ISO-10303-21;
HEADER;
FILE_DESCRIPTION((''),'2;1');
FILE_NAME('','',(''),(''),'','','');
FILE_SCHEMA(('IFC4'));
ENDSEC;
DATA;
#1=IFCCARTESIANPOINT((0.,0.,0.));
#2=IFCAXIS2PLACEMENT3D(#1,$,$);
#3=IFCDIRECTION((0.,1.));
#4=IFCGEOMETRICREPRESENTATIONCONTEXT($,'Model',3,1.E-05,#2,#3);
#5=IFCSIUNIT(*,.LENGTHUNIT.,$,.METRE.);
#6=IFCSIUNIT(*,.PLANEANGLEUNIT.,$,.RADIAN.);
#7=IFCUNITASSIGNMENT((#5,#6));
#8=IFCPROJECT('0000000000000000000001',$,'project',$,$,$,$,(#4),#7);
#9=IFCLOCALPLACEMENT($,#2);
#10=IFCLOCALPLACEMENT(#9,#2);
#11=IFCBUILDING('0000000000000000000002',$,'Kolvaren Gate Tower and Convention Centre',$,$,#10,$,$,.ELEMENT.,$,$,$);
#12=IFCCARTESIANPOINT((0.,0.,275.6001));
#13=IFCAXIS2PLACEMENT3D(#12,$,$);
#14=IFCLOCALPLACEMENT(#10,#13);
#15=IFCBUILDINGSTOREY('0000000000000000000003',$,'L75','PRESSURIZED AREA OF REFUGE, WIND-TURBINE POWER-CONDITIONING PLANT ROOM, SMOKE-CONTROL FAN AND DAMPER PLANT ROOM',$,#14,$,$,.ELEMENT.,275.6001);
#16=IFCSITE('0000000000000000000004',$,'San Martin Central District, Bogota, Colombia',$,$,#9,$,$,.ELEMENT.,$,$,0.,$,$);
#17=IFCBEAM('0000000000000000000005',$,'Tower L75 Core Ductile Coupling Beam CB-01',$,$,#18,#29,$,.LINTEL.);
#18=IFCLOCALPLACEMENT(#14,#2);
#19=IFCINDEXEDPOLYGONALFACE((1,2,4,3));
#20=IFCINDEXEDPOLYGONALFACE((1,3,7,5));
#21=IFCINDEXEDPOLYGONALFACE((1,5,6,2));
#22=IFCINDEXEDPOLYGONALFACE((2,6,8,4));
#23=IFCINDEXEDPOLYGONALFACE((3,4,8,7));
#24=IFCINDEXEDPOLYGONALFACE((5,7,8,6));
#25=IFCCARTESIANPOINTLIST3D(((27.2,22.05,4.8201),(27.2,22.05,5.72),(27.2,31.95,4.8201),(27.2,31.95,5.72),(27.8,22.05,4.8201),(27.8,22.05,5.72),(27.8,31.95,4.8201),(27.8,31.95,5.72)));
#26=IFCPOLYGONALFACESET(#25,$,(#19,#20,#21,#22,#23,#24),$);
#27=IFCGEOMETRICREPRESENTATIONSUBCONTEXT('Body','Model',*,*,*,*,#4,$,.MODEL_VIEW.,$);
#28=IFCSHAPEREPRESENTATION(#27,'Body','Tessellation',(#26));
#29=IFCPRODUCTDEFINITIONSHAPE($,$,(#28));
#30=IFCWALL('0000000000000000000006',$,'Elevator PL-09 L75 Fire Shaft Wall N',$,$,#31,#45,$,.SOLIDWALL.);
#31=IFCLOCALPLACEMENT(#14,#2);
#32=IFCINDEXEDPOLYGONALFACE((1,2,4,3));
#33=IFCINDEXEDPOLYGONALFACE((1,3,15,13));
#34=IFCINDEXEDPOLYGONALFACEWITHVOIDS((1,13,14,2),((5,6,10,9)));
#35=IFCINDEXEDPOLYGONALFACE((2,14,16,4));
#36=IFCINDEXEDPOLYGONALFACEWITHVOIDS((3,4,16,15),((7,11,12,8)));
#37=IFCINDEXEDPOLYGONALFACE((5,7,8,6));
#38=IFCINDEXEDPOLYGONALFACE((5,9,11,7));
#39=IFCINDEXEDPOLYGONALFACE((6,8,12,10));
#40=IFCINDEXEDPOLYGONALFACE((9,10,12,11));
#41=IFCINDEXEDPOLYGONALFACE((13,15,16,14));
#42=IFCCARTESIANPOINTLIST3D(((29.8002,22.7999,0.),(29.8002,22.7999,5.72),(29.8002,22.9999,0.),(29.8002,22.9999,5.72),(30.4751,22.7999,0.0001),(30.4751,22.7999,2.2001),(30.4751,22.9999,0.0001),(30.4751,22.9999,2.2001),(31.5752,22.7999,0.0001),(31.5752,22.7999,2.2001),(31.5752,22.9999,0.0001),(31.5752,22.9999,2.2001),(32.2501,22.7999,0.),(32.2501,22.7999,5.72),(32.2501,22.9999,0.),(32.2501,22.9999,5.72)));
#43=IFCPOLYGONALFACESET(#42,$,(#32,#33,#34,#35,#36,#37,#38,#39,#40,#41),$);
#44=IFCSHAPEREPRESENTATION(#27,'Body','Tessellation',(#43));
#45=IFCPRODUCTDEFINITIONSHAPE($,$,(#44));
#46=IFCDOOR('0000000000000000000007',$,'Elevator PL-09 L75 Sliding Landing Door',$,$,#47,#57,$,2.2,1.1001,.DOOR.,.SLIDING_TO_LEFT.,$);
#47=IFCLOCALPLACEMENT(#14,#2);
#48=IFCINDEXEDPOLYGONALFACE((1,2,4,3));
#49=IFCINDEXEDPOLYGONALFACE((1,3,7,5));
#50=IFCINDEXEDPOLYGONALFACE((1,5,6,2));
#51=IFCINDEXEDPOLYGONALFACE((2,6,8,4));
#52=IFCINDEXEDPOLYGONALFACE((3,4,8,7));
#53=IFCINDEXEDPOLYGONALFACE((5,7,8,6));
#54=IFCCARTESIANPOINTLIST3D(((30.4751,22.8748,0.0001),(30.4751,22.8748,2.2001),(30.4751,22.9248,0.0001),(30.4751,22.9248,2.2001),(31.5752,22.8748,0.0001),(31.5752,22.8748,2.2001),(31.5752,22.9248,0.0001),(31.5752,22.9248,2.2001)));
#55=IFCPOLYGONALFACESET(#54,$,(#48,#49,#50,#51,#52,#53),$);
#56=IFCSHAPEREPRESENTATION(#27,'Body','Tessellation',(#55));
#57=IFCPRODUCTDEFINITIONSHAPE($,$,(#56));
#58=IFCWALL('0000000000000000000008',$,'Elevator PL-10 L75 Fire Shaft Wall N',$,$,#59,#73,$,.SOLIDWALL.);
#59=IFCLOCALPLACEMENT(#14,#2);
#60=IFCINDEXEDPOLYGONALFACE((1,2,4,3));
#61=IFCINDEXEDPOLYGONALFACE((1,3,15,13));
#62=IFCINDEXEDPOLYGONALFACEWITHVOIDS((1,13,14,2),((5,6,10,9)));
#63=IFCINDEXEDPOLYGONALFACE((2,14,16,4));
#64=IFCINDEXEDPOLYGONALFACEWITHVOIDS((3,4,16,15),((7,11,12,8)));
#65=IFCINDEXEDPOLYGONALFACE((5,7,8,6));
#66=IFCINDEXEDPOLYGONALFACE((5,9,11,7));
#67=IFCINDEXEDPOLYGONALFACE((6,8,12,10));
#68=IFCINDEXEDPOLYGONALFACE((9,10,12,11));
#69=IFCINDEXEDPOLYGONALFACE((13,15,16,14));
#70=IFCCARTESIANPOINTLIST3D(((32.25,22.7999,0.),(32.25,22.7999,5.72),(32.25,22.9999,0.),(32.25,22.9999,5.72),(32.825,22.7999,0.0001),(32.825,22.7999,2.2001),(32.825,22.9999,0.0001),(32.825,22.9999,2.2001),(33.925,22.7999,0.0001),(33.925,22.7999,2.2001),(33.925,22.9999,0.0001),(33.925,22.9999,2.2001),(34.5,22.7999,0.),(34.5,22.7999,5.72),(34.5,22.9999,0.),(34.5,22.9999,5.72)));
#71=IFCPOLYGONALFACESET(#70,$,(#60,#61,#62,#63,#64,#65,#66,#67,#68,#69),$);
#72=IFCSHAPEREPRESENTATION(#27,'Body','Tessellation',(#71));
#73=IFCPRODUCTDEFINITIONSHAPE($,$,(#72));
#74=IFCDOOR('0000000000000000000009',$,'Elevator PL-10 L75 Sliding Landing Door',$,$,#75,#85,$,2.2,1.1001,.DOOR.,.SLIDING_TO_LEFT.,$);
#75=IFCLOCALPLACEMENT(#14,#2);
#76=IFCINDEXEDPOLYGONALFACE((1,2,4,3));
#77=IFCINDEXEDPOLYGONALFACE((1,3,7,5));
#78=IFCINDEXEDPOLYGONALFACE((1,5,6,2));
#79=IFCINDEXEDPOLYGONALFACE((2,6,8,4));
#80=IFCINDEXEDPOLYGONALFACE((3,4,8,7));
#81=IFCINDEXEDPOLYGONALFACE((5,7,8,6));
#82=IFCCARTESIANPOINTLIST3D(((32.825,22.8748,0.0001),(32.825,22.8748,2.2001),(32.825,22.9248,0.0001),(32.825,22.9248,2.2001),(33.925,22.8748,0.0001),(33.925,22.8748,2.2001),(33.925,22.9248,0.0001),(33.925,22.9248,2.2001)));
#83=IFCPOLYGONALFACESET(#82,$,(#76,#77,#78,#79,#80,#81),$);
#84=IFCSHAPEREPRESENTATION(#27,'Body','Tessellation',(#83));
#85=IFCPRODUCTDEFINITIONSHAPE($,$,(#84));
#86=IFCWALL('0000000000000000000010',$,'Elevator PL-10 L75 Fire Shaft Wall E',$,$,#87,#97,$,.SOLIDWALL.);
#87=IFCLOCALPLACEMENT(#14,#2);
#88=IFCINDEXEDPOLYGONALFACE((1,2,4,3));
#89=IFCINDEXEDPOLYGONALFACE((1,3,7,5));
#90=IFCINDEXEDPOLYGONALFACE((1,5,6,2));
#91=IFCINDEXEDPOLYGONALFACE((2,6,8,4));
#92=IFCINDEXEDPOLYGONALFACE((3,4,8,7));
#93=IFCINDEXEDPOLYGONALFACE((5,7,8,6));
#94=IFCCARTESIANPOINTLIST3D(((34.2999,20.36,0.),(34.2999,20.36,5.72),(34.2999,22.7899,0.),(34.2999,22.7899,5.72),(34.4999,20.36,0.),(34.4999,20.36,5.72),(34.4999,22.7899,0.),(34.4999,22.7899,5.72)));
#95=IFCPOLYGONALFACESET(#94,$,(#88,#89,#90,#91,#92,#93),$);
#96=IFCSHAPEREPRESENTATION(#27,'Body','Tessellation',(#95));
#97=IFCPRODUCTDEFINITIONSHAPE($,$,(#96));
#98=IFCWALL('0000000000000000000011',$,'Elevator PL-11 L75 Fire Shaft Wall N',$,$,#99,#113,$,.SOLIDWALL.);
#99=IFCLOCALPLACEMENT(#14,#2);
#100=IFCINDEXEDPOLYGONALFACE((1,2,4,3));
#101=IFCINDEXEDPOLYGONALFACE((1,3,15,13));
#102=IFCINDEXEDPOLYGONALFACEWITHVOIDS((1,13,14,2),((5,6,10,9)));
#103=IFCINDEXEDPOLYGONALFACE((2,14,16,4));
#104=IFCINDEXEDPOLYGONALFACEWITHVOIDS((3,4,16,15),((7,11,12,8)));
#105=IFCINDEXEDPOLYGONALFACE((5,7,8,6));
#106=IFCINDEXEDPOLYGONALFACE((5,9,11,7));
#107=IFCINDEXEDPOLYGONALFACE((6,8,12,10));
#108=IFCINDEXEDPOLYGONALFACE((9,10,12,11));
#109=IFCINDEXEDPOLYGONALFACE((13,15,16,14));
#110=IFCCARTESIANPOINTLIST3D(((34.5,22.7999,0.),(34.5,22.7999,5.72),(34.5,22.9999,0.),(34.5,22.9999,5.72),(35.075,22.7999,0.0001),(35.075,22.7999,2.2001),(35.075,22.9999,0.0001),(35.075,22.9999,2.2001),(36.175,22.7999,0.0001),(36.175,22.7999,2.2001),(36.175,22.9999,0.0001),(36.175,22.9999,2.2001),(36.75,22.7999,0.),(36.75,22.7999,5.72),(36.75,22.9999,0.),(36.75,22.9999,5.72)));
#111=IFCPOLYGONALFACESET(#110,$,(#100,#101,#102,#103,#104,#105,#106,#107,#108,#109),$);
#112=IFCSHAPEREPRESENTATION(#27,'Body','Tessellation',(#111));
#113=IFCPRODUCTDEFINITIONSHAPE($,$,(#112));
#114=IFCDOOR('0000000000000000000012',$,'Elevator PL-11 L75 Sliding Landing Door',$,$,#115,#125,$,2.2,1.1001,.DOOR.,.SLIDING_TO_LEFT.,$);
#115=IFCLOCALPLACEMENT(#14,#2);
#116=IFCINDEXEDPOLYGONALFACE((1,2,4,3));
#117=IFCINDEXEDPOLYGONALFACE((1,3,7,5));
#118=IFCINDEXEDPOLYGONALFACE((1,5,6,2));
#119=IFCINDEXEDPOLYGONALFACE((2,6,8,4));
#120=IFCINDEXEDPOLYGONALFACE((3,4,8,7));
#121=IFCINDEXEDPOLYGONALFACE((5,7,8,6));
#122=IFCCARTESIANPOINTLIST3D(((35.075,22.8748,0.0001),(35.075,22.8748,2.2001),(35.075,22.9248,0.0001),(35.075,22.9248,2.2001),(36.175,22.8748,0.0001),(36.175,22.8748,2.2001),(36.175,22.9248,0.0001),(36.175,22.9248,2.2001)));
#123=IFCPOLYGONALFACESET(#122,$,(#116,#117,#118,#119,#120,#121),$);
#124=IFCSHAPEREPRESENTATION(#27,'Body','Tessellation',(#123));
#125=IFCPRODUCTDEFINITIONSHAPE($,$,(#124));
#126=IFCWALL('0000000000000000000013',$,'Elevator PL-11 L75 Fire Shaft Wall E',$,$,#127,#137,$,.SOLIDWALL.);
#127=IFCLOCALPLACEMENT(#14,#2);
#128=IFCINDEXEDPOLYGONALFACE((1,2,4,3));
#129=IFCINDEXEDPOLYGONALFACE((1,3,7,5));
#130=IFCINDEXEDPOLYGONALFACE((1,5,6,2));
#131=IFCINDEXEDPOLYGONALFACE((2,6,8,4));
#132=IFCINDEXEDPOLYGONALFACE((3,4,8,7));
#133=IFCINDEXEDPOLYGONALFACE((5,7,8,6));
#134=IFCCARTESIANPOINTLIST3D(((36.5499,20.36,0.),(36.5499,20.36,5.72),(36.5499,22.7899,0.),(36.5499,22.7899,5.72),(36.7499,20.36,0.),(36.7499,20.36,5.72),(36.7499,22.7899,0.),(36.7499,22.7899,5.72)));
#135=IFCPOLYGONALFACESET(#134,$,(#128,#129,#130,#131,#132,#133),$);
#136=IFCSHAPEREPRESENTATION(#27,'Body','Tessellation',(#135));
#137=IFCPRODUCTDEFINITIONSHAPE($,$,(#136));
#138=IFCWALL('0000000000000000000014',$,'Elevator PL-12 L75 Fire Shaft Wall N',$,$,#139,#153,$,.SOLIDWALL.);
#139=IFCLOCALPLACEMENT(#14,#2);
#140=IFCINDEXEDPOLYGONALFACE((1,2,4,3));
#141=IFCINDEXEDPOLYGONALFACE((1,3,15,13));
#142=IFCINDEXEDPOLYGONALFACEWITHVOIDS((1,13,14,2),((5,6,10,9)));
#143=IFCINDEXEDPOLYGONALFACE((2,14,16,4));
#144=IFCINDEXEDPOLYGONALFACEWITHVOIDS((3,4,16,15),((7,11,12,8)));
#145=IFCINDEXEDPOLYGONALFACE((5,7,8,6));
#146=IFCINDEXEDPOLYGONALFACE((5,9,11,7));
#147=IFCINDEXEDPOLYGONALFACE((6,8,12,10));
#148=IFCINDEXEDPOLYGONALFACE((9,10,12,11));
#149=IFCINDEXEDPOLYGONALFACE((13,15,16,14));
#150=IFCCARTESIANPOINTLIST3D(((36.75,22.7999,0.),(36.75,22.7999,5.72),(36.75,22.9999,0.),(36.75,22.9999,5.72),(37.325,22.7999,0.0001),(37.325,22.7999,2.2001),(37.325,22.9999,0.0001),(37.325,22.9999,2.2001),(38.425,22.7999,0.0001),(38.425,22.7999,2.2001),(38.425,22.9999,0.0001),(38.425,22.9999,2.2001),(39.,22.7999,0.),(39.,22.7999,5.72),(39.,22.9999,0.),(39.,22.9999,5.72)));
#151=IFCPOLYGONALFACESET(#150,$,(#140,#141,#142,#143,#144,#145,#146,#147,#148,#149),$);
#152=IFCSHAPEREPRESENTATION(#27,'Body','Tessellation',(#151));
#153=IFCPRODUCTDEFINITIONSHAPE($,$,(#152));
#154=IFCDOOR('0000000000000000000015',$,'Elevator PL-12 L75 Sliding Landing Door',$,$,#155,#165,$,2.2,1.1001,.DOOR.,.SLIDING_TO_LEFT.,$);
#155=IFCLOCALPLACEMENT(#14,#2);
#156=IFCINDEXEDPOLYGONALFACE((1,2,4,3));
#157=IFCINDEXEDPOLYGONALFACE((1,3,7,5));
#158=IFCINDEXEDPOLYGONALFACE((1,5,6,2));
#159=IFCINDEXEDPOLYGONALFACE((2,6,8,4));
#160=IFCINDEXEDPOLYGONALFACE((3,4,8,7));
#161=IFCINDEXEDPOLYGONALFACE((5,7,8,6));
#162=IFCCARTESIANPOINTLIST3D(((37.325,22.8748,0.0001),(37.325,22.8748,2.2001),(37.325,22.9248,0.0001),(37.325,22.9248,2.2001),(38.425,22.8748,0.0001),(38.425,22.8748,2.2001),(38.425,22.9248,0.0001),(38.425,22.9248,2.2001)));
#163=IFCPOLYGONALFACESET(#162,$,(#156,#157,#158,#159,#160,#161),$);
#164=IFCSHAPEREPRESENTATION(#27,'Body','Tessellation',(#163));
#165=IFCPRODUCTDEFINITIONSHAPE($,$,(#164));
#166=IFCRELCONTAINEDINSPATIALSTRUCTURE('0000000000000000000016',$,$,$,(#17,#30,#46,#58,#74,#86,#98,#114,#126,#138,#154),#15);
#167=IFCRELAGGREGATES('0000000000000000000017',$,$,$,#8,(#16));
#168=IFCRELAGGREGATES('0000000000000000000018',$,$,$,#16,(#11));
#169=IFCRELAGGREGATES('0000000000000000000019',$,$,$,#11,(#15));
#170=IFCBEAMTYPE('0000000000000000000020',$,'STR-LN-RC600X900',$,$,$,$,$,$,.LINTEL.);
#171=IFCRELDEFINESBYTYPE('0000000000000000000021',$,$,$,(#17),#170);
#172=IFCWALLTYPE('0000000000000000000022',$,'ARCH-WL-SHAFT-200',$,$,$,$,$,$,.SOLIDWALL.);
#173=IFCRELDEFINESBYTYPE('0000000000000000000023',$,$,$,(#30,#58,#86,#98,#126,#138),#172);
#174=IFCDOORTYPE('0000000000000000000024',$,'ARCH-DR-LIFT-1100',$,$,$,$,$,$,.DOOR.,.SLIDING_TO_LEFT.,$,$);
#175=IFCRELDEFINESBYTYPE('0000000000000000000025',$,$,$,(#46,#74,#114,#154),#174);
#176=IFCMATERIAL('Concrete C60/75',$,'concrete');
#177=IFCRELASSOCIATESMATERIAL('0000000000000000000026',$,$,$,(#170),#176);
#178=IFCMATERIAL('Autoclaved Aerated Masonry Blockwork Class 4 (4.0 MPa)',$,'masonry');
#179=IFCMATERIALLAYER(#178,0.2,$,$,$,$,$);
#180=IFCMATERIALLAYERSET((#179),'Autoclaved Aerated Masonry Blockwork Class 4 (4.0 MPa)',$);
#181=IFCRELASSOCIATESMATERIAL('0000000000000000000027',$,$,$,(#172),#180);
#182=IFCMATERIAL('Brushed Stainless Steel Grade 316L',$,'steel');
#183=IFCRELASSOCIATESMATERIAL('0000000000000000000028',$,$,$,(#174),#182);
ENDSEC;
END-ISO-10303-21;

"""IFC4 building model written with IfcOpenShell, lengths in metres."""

from ifc_helpers import new_model, si_unit, direction, frame, frame_2d, origin, origin_2d, place, context, subcontext, project, spatial, rectangle, extrude, material, layer, layer_set, material_profile, profile_set, type_object, element, fill, save


model = new_model("IFC4")

# Units and contexts
model_context = context("Model", 3, precision=1e-05, world=origin(), true_north=direction((0.0, 1.0)))
body_context = subcontext(model_context, "Body", "Model", "MODEL_VIEW")
ifc_project = project(units=[si_unit("LENGTHUNIT", "METRE"), si_unit("PLANEANGLEUNIT", "RADIAN")], contexts=[model_context])

# Site, building, storey
site_placement = place(None, origin())
site = spatial("IfcSite", under=ifc_project, at=site_placement, Name="San Martin Central District, Bogota, Colombia", CompositionType="ELEMENT", RefElevation=0.0)
building_placement = place(site_placement, origin())
building = spatial("IfcBuilding", under=site, at=building_placement, Name="Kolvaren Gate Tower and Convention Centre", CompositionType="ELEMENT")
storey_placement = place(building_placement, frame((0.0, 0.0, 275.6001)))
storey = spatial("IfcBuildingStorey", under=building, at=storey_placement, Name="L75", Description="PRESSURIZED AREA OF REFUGE, WIND-TURBINE POWER-CONDITIONING PLANT ROOM, SMOKE-CONTROL FAN AND DAMPER PLANT ROOM", CompositionType="ELEMENT", Elevation=275.6001)

# Beam
ifc_material_1 = material(Name="Concrete C60/75", Category="concrete")
ifc_material_profile = material_profile(ifc_material_1, rectangle(XDim=0.6001, YDim=0.8999, at=origin_2d()), Name="RC-BM-600X900")
ifc_profile_set = profile_set([ifc_material_profile], Name="Concrete C60/75")
beam_type = type_object("IfcBeamType", Name="STR-LN-RC600X900", PredefinedType="LINTEL", material=ifc_profile_set)
beam_placement = place(storey_placement, frame((27.5, 22.05, 5.27), z_axis=(0.0, 1.0, 0.0), x_axis=(-1.0, 0.0, 0.0)))
element("IfcBeam", 1, at=beam_placement, inside=storey, type_object=beam_type, Name="Tower L75 Core Ductile Coupling Beam CB-01", PredefinedType="LINTEL", context=body_context, shape_type="SweptSolid", body=[
    extrude(rectangle(XDim=0.6001, YDim=0.8999, at=origin_2d()), origin(), (0.0, 0.0, 1.0), 9.8999),
])

# Walls, openings, doors
ifc_material_2 = material(Name="Autoclaved Aerated Masonry Blockwork Class 4 (4.0 MPa)", Category="masonry")
ifc_layer_1 = layer(ifc_material_2, 0.2)
ifc_layer_set_1 = layer_set([ifc_layer_1], Name="Autoclaved Aerated Masonry Blockwork Class 4 (4.0 MPa)")
wall_type_1 = type_object("IfcWallType", Name="ARCH-WL-SHAFT-200", PredefinedType="SOLIDWALL", material=ifc_layer_set_1)
wall_1_placement = place(storey_placement, frame((29.8, 22.8999, 0.0), z_axis=(0.0, 0.0, 1.0), x_axis=(1.0, 0.0, 0.0)))
wall_1 = element("IfcWall", 2, at=wall_1_placement, inside=storey, type_object=wall_type_1, Name="Elevator PL-09 L75 Fire Shaft Wall N", PredefinedType="SOLIDWALL", context=body_context, shape_type="SweptSolid", body=[
    extrude(rectangle(XDim=2.45, YDim=0.2, at=frame_2d((1.2251, 0.0))), origin(), (0.0, 0.0, 1.0), 5.72),
])
opening_1_placement = place(wall_1_placement, frame((0.675, 0.0, 0.0)))
opening_1 = element("IfcOpeningElement", 3, at=opening_1_placement, cuts=wall_1, PredefinedType="OPENING", context=body_context, shape_type="SweptSolid", body=[
    extrude(rectangle(XDim=1.1001, YDim=2.2, at=frame_2d((0.55, 1.1001))), frame((0.0, 0.1099, 0.0), z_axis=(0.0, -1.0, 0.0), x_axis=(1.0, 0.0, 0.0)), (0.0, 0.0, 1.0), 0.22),
])
ifc_material_3 = material(Name="Brushed Stainless Steel Grade 316L", Category="steel")
door_type_1 = type_object("IfcDoorType", Name="ARCH-DR-LIFT-1100", OperationType="SLIDING_TO_LEFT", PredefinedType="DOOR", material=ifc_material_3)
door_1_placement = place(opening_1_placement, origin())
door_1 = element("IfcDoor", 4, at=door_1_placement, inside=storey, type_object=door_type_1, Name="Elevator PL-09 L75 Sliding Landing Door", OperationType="SLIDING_TO_LEFT", OverallHeight=2.2, OverallWidth=1.1001, PredefinedType="DOOR", context=body_context, shape_type="SweptSolid", body=[
    extrude(rectangle(XDim=1.1001, YDim=2.2, at=frame_2d((0.55, 1.1001))), frame((0.0, 0.0249, 0.0), z_axis=(0.0, -1.0, 0.0), x_axis=(1.0, 0.0, 0.0)), (0.0, 0.0, 1.0), 0.05),
])
fill(opening_1, door_1)
wall_2_placement = place(storey_placement, frame((32.25, 22.8999, 0.0), z_axis=(0.0, 0.0, 1.0), x_axis=(1.0, 0.0, 0.0)))
wall_2 = element("IfcWall", 5, at=wall_2_placement, inside=storey, type_object=wall_type_1, Name="Elevator PL-10 L75 Fire Shaft Wall N", PredefinedType="SOLIDWALL", context=body_context, shape_type="SweptSolid", body=[
    extrude(rectangle(XDim=2.25, YDim=0.2, at=frame_2d((1.125, 0.0))), origin(), (0.0, 0.0, 1.0), 5.72),
])
opening_2_placement = place(wall_2_placement, frame((0.575, 0.0, 0.0)))
opening_2 = element("IfcOpeningElement", 6, at=opening_2_placement, cuts=wall_2, PredefinedType="OPENING", context=body_context, shape_type="SweptSolid", body=[
    extrude(rectangle(XDim=1.1001, YDim=2.2, at=frame_2d((0.55, 1.1001))), frame((0.0, 0.1099, 0.0), z_axis=(0.0, -1.0, 0.0), x_axis=(1.0, 0.0, 0.0)), (0.0, 0.0, 1.0), 0.22),
])
door_2_placement = place(opening_2_placement, origin())
door_2 = element("IfcDoor", 7, at=door_2_placement, inside=storey, type_object=door_type_1, Name="Elevator PL-10 L75 Sliding Landing Door", OperationType="SLIDING_TO_LEFT", OverallHeight=2.2, OverallWidth=1.1001, PredefinedType="DOOR", context=body_context, shape_type="SweptSolid", body=[
    extrude(rectangle(XDim=1.1001, YDim=2.2, at=frame_2d((0.55, 1.1001))), frame((0.0, 0.0249, 0.0), z_axis=(0.0, -1.0, 0.0), x_axis=(1.0, 0.0, 0.0)), (0.0, 0.0, 1.0), 0.05),
])
fill(opening_2, door_2)

# Wall
wall_3_placement = place(storey_placement, frame((34.3999, 20.3601, 0.0), z_axis=(0.0, 0.0, 1.0), x_axis=(0.0, 1.0, 0.0)))
element("IfcWall", 8, at=wall_3_placement, inside=storey, type_object=wall_type_1, Name="Elevator PL-10 L75 Fire Shaft Wall E", PredefinedType="SOLIDWALL", context=body_context, shape_type="SweptSolid", body=[
    extrude(rectangle(XDim=2.4299, YDim=0.2, at=frame_2d((1.2148, 0.0))), origin(), (0.0, 0.0, 1.0), 5.72),
])

# Wall, opening, door
wall_4_placement = place(storey_placement, frame((34.5, 22.8999, 0.0), z_axis=(0.0, 0.0, 1.0), x_axis=(1.0, 0.0, 0.0)))
wall_4 = element("IfcWall", 9, at=wall_4_placement, inside=storey, type_object=wall_type_1, Name="Elevator PL-11 L75 Fire Shaft Wall N", PredefinedType="SOLIDWALL", context=body_context, shape_type="SweptSolid", body=[
    extrude(rectangle(XDim=2.25, YDim=0.2, at=frame_2d((1.125, 0.0))), origin(), (0.0, 0.0, 1.0), 5.72),
])
opening_3_placement = place(wall_4_placement, frame((0.575, 0.0, 0.0)))
opening_3 = element("IfcOpeningElement", 10, at=opening_3_placement, cuts=wall_4, PredefinedType="OPENING", context=body_context, shape_type="SweptSolid", body=[
    extrude(rectangle(XDim=1.1001, YDim=2.2, at=frame_2d((0.55, 1.1001))), frame((0.0, 0.1099, 0.0), z_axis=(0.0, -1.0, 0.0), x_axis=(1.0, 0.0, 0.0)), (0.0, 0.0, 1.0), 0.22),
])
door_3_placement = place(opening_3_placement, origin())
door_3 = element("IfcDoor", 11, at=door_3_placement, inside=storey, type_object=door_type_1, Name="Elevator PL-11 L75 Sliding Landing Door", OperationType="SLIDING_TO_LEFT", OverallHeight=2.2, OverallWidth=1.1001, PredefinedType="DOOR", context=body_context, shape_type="SweptSolid", body=[
    extrude(rectangle(XDim=1.1001, YDim=2.2, at=frame_2d((0.55, 1.1001))), frame((0.0, 0.0249, 0.0), z_axis=(0.0, -1.0, 0.0), x_axis=(1.0, 0.0, 0.0)), (0.0, 0.0, 1.0), 0.05),
])
fill(opening_3, door_3)

# Wall
wall_5_placement = place(storey_placement, frame((36.6499, 20.3601, 0.0), z_axis=(0.0, 0.0, 1.0), x_axis=(0.0, 1.0, 0.0)))
element("IfcWall", 12, at=wall_5_placement, inside=storey, type_object=wall_type_1, Name="Elevator PL-11 L75 Fire Shaft Wall E", PredefinedType="SOLIDWALL", context=body_context, shape_type="SweptSolid", body=[
    extrude(rectangle(XDim=2.4299, YDim=0.2, at=frame_2d((1.2148, 0.0))), origin(), (0.0, 0.0, 1.0), 5.72),
])

# Wall, opening, door
wall_6_placement = place(storey_placement, frame((36.75, 22.8999, 0.0), z_axis=(0.0, 0.0, 1.0), x_axis=(1.0, 0.0, 0.0)))
wall_6 = element("IfcWall", 13, at=wall_6_placement, inside=storey, type_object=wall_type_1, Name="Elevator PL-12 L75 Fire Shaft Wall N", PredefinedType="SOLIDWALL", context=body_context, shape_type="SweptSolid", body=[
    extrude(rectangle(XDim=2.25, YDim=0.2, at=frame_2d((1.125, 0.0))), origin(), (0.0, 0.0, 1.0), 5.72),
])
opening_4_placement = place(wall_6_placement, frame((0.575, 0.0, 0.0)))
opening_4 = element("IfcOpeningElement", 14, at=opening_4_placement, cuts=wall_6, PredefinedType="OPENING", context=body_context, shape_type="SweptSolid", body=[
    extrude(rectangle(XDim=1.1001, YDim=2.2, at=frame_2d((0.55, 1.1001))), frame((0.0, 0.1099, 0.0), z_axis=(0.0, -1.0, 0.0), x_axis=(1.0, 0.0, 0.0)), (0.0, 0.0, 1.0), 0.22),
])
door_4_placement = place(opening_4_placement, origin())
door_4 = element("IfcDoor", 15, at=door_4_placement, inside=storey, type_object=door_type_1, Name="Elevator PL-12 L75 Sliding Landing Door", OperationType="SLIDING_TO_LEFT", OverallHeight=2.2, OverallWidth=1.1001, PredefinedType="DOOR", context=body_context, shape_type="SweptSolid", body=[
    extrude(rectangle(XDim=1.1001, YDim=2.2, at=frame_2d((0.55, 1.1001))), frame((0.0, 0.0249, 0.0), z_axis=(0.0, -1.0, 0.0), x_axis=(1.0, 0.0, 0.0)), (0.0, 0.0, 1.0), 0.05),
])
fill(opening_4, door_4)

save(model, "model.ifc")
